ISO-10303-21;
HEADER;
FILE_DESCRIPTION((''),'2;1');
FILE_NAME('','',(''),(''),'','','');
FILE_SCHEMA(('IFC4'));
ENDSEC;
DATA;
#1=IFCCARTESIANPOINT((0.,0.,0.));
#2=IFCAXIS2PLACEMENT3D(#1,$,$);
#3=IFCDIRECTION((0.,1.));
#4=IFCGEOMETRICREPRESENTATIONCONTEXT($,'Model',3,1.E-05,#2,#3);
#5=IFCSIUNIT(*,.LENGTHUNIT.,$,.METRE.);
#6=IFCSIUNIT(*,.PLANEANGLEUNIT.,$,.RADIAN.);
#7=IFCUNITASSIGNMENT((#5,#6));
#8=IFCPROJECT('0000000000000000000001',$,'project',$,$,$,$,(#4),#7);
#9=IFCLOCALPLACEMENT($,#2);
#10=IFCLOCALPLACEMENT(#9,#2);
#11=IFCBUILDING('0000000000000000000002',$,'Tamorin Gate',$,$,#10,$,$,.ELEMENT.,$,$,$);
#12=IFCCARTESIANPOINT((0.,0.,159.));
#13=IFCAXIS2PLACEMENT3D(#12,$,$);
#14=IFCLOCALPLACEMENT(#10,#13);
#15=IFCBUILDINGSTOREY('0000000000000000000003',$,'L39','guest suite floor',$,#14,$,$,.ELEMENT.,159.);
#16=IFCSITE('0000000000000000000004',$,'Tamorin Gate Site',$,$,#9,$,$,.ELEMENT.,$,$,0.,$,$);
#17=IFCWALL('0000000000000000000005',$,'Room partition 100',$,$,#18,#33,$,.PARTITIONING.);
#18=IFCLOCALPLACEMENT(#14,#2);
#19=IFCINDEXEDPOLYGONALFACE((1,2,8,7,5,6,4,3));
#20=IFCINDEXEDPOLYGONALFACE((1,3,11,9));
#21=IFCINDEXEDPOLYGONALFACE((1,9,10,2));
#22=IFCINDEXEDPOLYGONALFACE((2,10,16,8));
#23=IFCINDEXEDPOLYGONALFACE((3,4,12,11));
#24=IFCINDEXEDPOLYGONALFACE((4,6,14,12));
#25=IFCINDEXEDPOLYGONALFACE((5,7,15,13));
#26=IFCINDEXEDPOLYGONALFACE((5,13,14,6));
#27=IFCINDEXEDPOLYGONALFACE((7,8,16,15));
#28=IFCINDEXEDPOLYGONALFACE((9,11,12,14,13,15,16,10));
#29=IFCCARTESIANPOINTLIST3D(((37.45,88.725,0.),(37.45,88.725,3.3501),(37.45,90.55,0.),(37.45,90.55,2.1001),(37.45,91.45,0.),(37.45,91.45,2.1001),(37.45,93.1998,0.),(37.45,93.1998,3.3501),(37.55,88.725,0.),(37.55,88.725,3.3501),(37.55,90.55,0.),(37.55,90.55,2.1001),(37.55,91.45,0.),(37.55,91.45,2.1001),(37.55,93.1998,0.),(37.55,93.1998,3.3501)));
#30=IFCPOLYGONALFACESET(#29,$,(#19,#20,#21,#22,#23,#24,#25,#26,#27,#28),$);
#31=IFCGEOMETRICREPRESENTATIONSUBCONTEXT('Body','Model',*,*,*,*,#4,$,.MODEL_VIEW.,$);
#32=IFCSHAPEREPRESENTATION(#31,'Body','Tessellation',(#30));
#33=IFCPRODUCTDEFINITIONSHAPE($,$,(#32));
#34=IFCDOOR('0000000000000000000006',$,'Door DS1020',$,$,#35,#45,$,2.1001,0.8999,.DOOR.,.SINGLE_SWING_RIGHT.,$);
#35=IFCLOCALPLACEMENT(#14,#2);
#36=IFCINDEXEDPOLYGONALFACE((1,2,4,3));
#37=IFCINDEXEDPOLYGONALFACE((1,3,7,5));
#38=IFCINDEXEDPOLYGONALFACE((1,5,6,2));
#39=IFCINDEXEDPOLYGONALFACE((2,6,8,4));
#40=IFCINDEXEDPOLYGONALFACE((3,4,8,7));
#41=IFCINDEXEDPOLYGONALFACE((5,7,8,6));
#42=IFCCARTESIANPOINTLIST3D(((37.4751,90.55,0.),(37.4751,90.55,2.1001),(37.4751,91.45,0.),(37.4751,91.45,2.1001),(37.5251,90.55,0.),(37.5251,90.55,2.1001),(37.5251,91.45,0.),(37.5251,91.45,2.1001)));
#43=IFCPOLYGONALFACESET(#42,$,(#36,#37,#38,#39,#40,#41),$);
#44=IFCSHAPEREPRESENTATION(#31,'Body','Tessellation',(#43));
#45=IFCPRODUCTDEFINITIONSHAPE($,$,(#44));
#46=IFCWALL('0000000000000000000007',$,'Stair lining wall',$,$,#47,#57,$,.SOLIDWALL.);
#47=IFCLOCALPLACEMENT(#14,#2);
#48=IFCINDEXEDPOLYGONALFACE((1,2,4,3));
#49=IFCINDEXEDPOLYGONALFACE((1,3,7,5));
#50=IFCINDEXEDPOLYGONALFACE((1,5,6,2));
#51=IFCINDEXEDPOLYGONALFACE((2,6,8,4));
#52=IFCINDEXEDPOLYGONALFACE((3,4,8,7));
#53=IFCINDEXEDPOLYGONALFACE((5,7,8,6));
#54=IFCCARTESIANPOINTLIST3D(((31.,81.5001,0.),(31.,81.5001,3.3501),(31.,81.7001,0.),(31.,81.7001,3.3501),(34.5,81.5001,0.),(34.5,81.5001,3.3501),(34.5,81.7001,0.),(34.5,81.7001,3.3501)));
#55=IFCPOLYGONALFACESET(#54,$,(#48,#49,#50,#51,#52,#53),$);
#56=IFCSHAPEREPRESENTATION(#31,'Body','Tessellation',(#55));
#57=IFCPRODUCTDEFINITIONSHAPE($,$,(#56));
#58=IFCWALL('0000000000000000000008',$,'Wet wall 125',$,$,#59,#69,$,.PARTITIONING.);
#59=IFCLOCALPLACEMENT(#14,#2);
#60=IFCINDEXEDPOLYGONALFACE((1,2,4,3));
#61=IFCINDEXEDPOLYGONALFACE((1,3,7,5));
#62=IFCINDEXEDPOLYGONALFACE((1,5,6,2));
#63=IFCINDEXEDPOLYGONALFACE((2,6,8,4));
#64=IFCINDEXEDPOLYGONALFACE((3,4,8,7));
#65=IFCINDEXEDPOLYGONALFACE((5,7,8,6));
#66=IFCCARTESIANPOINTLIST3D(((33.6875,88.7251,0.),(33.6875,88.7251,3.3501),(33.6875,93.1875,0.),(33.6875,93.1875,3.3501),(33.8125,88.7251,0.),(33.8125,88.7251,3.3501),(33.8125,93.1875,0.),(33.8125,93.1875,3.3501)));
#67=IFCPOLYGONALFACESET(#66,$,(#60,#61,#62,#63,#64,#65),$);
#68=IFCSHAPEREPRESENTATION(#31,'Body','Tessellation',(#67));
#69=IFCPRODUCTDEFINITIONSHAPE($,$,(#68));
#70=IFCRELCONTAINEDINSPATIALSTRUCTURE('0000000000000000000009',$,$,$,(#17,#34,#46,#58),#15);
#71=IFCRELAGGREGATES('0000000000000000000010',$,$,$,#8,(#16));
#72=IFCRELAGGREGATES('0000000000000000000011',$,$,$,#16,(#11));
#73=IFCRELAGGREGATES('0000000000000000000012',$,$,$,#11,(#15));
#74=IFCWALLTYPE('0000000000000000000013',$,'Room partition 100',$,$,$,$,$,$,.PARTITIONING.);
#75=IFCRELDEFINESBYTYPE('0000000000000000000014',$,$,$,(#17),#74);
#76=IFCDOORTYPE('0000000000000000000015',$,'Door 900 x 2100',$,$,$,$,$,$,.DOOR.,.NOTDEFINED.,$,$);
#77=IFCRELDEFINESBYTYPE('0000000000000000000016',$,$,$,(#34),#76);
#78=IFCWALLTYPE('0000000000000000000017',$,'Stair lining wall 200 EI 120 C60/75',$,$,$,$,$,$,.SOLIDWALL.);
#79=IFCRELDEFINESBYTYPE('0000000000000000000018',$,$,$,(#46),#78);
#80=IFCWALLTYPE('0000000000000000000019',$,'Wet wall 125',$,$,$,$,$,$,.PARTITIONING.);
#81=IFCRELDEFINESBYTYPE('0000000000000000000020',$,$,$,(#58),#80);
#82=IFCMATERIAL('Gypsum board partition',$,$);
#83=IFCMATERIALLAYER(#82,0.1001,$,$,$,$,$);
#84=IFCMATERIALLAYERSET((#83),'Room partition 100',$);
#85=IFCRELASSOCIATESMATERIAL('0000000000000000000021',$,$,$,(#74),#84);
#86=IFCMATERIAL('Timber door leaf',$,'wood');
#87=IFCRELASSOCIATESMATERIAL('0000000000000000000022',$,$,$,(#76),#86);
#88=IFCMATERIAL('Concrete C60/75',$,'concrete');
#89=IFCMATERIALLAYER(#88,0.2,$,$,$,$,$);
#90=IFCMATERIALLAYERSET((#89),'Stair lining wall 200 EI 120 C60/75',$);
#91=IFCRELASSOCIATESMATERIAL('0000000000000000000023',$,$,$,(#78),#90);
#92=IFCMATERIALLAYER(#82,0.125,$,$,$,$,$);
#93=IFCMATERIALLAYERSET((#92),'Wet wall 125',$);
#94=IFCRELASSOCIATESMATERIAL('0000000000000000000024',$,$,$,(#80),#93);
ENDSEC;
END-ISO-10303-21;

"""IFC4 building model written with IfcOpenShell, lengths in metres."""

from ifc_helpers import new_model, si_unit, direction, frame, frame_2d, origin, place, context, subcontext, project, spatial, rectangle, extrude, material, layer, layer_set, type_object, element, fill, save


model = new_model("IFC4")

# Units and contexts
model_context = context("Model", 3, precision=1e-05, world=origin(), true_north=direction((0.0, 1.0)))
body_context = subcontext(model_context, "Body", "Model", "MODEL_VIEW")
ifc_project = project(units=[si_unit("LENGTHUNIT", "METRE"), si_unit("PLANEANGLEUNIT", "RADIAN")], contexts=[model_context])

# Site, building, storey
site_placement = place(None, origin())
site = spatial("IfcSite", under=ifc_project, at=site_placement, Name="Tamorin Gate Site", CompositionType="ELEMENT", RefElevation=0.0)
building_placement = place(site_placement, origin())
building = spatial("IfcBuilding", under=site, at=building_placement, Name="Tamorin Gate", CompositionType="ELEMENT")
storey_placement = place(building_placement, frame((0.0, 0.0, 159.0)))
storey = spatial("IfcBuildingStorey", under=building, at=storey_placement, Name="L39", Description="guest suite floor", CompositionType="ELEMENT", Elevation=159.0)

# Shared definitions
ifc_material_1 = material(Name="Gypsum board partition")
ifc_material_2 = material(Name="Timber door leaf", Category="wood")

# Shared definitions
ifc_material_3 = material(Name="Concrete C60/75", Category="concrete")

# Wall, opening, door
ifc_layer_1 = layer(ifc_material_1, 0.1001)
ifc_layer_set_1 = layer_set([ifc_layer_1], Name="Room partition 100")
wall_type_1 = type_object("IfcWallType", Name="Room partition 100", PredefinedType="PARTITIONING", material=ifc_layer_set_1)
wall_1_placement = place(storey_placement, frame((37.5, 88.7251, 0.0), z_axis=(0.0, 0.0, 1.0), x_axis=(0.0, 1.0, 0.0)))
wall_1 = element("IfcWall", 1, at=wall_1_placement, inside=storey, type_object=wall_type_1, Name="Room partition 100", PredefinedType="PARTITIONING", context=body_context, shape_type="SweptSolid", body=[
    extrude(rectangle(XDim=4.4749, YDim=0.1001, at=frame_2d((2.2373, 0.0))), origin(), (0.0, 0.0, 1.0), 3.3501),
])
opening_1_placement = place(wall_1_placement, frame((1.825, 0.0, 0.0)))
opening_1 = element("IfcOpeningElement", 2, at=opening_1_placement, cuts=wall_1, PredefinedType="OPENING", context=body_context, shape_type="SweptSolid", body=[
    extrude(rectangle(XDim=0.8999, YDim=2.1001, at=frame_2d((0.45, 1.05))), frame((0.0, 0.0601, 0.0), z_axis=(0.0, -1.0, 0.0), x_axis=(1.0, 0.0, 0.0)), (0.0, 0.0, 1.0), 0.1201),
])
door_type_1 = type_object("IfcDoorType", Name="Door 900 x 2100", OperationType="NOTDEFINED", PredefinedType="DOOR", material=ifc_material_2)
door_1_placement = place(opening_1_placement, origin())
door_1 = element("IfcDoor", 3, at=door_1_placement, inside=storey, type_object=door_type_1, Name="Door DS1020", OperationType="SINGLE_SWING_RIGHT", OverallHeight=2.1001, OverallWidth=0.8999, PredefinedType="DOOR", context=body_context, shape_type="SweptSolid", body=[
    extrude(rectangle(XDim=0.8999, YDim=2.1001, at=frame_2d((0.45, 1.05))), frame((0.0, 0.0249, 0.0), z_axis=(0.0, -1.0, 0.0), x_axis=(1.0, 0.0, 0.0)), (0.0, 0.0, 1.0), 0.05),
])
fill(opening_1, door_1)

# Walls
ifc_layer_2 = layer(ifc_material_3, 0.2)
ifc_layer_set_2 = layer_set([ifc_layer_2], Name="Stair lining wall 200 EI 120 C60/75")
wall_type_2 = type_object("IfcWallType", Name="Stair lining wall 200 EI 120 C60/75", PredefinedType="SOLIDWALL", material=ifc_layer_set_2)
wall_2_placement = place(storey_placement, frame((31.0, 81.6001, 0.0), z_axis=(0.0, 0.0, 1.0), x_axis=(1.0, 0.0, 0.0)))
element("IfcWall", 4, at=wall_2_placement, inside=storey, type_object=wall_type_2, Name="Stair lining wall", PredefinedType="SOLIDWALL", context=body_context, shape_type="SweptSolid", body=[
    extrude(rectangle(XDim=3.5, YDim=0.2, at=frame_2d((1.75, 0.0))), origin(), (0.0, 0.0, 1.0), 3.3501),
])
ifc_layer_3 = layer(ifc_material_1, 0.125)
ifc_layer_set_3 = layer_set([ifc_layer_3], Name="Wet wall 125")
wall_type_3 = type_object("IfcWallType", Name="Wet wall 125", PredefinedType="PARTITIONING", material=ifc_layer_set_3)
wall_3_placement = place(storey_placement, frame((33.75, 88.7251, 0.0), z_axis=(0.0, 0.0, 1.0), x_axis=(0.0, 1.0, 0.0)))
element("IfcWall", 5, at=wall_3_placement, inside=storey, type_object=wall_type_3, Name="Wet wall 125", PredefinedType="PARTITIONING", context=body_context, shape_type="SweptSolid", body=[
    extrude(rectangle(XDim=4.4624, YDim=0.125, at=frame_2d((2.2312, 0.0))), origin(), (0.0, 0.0, 1.0), 3.3501),
])

save(model, "model.ifc")
